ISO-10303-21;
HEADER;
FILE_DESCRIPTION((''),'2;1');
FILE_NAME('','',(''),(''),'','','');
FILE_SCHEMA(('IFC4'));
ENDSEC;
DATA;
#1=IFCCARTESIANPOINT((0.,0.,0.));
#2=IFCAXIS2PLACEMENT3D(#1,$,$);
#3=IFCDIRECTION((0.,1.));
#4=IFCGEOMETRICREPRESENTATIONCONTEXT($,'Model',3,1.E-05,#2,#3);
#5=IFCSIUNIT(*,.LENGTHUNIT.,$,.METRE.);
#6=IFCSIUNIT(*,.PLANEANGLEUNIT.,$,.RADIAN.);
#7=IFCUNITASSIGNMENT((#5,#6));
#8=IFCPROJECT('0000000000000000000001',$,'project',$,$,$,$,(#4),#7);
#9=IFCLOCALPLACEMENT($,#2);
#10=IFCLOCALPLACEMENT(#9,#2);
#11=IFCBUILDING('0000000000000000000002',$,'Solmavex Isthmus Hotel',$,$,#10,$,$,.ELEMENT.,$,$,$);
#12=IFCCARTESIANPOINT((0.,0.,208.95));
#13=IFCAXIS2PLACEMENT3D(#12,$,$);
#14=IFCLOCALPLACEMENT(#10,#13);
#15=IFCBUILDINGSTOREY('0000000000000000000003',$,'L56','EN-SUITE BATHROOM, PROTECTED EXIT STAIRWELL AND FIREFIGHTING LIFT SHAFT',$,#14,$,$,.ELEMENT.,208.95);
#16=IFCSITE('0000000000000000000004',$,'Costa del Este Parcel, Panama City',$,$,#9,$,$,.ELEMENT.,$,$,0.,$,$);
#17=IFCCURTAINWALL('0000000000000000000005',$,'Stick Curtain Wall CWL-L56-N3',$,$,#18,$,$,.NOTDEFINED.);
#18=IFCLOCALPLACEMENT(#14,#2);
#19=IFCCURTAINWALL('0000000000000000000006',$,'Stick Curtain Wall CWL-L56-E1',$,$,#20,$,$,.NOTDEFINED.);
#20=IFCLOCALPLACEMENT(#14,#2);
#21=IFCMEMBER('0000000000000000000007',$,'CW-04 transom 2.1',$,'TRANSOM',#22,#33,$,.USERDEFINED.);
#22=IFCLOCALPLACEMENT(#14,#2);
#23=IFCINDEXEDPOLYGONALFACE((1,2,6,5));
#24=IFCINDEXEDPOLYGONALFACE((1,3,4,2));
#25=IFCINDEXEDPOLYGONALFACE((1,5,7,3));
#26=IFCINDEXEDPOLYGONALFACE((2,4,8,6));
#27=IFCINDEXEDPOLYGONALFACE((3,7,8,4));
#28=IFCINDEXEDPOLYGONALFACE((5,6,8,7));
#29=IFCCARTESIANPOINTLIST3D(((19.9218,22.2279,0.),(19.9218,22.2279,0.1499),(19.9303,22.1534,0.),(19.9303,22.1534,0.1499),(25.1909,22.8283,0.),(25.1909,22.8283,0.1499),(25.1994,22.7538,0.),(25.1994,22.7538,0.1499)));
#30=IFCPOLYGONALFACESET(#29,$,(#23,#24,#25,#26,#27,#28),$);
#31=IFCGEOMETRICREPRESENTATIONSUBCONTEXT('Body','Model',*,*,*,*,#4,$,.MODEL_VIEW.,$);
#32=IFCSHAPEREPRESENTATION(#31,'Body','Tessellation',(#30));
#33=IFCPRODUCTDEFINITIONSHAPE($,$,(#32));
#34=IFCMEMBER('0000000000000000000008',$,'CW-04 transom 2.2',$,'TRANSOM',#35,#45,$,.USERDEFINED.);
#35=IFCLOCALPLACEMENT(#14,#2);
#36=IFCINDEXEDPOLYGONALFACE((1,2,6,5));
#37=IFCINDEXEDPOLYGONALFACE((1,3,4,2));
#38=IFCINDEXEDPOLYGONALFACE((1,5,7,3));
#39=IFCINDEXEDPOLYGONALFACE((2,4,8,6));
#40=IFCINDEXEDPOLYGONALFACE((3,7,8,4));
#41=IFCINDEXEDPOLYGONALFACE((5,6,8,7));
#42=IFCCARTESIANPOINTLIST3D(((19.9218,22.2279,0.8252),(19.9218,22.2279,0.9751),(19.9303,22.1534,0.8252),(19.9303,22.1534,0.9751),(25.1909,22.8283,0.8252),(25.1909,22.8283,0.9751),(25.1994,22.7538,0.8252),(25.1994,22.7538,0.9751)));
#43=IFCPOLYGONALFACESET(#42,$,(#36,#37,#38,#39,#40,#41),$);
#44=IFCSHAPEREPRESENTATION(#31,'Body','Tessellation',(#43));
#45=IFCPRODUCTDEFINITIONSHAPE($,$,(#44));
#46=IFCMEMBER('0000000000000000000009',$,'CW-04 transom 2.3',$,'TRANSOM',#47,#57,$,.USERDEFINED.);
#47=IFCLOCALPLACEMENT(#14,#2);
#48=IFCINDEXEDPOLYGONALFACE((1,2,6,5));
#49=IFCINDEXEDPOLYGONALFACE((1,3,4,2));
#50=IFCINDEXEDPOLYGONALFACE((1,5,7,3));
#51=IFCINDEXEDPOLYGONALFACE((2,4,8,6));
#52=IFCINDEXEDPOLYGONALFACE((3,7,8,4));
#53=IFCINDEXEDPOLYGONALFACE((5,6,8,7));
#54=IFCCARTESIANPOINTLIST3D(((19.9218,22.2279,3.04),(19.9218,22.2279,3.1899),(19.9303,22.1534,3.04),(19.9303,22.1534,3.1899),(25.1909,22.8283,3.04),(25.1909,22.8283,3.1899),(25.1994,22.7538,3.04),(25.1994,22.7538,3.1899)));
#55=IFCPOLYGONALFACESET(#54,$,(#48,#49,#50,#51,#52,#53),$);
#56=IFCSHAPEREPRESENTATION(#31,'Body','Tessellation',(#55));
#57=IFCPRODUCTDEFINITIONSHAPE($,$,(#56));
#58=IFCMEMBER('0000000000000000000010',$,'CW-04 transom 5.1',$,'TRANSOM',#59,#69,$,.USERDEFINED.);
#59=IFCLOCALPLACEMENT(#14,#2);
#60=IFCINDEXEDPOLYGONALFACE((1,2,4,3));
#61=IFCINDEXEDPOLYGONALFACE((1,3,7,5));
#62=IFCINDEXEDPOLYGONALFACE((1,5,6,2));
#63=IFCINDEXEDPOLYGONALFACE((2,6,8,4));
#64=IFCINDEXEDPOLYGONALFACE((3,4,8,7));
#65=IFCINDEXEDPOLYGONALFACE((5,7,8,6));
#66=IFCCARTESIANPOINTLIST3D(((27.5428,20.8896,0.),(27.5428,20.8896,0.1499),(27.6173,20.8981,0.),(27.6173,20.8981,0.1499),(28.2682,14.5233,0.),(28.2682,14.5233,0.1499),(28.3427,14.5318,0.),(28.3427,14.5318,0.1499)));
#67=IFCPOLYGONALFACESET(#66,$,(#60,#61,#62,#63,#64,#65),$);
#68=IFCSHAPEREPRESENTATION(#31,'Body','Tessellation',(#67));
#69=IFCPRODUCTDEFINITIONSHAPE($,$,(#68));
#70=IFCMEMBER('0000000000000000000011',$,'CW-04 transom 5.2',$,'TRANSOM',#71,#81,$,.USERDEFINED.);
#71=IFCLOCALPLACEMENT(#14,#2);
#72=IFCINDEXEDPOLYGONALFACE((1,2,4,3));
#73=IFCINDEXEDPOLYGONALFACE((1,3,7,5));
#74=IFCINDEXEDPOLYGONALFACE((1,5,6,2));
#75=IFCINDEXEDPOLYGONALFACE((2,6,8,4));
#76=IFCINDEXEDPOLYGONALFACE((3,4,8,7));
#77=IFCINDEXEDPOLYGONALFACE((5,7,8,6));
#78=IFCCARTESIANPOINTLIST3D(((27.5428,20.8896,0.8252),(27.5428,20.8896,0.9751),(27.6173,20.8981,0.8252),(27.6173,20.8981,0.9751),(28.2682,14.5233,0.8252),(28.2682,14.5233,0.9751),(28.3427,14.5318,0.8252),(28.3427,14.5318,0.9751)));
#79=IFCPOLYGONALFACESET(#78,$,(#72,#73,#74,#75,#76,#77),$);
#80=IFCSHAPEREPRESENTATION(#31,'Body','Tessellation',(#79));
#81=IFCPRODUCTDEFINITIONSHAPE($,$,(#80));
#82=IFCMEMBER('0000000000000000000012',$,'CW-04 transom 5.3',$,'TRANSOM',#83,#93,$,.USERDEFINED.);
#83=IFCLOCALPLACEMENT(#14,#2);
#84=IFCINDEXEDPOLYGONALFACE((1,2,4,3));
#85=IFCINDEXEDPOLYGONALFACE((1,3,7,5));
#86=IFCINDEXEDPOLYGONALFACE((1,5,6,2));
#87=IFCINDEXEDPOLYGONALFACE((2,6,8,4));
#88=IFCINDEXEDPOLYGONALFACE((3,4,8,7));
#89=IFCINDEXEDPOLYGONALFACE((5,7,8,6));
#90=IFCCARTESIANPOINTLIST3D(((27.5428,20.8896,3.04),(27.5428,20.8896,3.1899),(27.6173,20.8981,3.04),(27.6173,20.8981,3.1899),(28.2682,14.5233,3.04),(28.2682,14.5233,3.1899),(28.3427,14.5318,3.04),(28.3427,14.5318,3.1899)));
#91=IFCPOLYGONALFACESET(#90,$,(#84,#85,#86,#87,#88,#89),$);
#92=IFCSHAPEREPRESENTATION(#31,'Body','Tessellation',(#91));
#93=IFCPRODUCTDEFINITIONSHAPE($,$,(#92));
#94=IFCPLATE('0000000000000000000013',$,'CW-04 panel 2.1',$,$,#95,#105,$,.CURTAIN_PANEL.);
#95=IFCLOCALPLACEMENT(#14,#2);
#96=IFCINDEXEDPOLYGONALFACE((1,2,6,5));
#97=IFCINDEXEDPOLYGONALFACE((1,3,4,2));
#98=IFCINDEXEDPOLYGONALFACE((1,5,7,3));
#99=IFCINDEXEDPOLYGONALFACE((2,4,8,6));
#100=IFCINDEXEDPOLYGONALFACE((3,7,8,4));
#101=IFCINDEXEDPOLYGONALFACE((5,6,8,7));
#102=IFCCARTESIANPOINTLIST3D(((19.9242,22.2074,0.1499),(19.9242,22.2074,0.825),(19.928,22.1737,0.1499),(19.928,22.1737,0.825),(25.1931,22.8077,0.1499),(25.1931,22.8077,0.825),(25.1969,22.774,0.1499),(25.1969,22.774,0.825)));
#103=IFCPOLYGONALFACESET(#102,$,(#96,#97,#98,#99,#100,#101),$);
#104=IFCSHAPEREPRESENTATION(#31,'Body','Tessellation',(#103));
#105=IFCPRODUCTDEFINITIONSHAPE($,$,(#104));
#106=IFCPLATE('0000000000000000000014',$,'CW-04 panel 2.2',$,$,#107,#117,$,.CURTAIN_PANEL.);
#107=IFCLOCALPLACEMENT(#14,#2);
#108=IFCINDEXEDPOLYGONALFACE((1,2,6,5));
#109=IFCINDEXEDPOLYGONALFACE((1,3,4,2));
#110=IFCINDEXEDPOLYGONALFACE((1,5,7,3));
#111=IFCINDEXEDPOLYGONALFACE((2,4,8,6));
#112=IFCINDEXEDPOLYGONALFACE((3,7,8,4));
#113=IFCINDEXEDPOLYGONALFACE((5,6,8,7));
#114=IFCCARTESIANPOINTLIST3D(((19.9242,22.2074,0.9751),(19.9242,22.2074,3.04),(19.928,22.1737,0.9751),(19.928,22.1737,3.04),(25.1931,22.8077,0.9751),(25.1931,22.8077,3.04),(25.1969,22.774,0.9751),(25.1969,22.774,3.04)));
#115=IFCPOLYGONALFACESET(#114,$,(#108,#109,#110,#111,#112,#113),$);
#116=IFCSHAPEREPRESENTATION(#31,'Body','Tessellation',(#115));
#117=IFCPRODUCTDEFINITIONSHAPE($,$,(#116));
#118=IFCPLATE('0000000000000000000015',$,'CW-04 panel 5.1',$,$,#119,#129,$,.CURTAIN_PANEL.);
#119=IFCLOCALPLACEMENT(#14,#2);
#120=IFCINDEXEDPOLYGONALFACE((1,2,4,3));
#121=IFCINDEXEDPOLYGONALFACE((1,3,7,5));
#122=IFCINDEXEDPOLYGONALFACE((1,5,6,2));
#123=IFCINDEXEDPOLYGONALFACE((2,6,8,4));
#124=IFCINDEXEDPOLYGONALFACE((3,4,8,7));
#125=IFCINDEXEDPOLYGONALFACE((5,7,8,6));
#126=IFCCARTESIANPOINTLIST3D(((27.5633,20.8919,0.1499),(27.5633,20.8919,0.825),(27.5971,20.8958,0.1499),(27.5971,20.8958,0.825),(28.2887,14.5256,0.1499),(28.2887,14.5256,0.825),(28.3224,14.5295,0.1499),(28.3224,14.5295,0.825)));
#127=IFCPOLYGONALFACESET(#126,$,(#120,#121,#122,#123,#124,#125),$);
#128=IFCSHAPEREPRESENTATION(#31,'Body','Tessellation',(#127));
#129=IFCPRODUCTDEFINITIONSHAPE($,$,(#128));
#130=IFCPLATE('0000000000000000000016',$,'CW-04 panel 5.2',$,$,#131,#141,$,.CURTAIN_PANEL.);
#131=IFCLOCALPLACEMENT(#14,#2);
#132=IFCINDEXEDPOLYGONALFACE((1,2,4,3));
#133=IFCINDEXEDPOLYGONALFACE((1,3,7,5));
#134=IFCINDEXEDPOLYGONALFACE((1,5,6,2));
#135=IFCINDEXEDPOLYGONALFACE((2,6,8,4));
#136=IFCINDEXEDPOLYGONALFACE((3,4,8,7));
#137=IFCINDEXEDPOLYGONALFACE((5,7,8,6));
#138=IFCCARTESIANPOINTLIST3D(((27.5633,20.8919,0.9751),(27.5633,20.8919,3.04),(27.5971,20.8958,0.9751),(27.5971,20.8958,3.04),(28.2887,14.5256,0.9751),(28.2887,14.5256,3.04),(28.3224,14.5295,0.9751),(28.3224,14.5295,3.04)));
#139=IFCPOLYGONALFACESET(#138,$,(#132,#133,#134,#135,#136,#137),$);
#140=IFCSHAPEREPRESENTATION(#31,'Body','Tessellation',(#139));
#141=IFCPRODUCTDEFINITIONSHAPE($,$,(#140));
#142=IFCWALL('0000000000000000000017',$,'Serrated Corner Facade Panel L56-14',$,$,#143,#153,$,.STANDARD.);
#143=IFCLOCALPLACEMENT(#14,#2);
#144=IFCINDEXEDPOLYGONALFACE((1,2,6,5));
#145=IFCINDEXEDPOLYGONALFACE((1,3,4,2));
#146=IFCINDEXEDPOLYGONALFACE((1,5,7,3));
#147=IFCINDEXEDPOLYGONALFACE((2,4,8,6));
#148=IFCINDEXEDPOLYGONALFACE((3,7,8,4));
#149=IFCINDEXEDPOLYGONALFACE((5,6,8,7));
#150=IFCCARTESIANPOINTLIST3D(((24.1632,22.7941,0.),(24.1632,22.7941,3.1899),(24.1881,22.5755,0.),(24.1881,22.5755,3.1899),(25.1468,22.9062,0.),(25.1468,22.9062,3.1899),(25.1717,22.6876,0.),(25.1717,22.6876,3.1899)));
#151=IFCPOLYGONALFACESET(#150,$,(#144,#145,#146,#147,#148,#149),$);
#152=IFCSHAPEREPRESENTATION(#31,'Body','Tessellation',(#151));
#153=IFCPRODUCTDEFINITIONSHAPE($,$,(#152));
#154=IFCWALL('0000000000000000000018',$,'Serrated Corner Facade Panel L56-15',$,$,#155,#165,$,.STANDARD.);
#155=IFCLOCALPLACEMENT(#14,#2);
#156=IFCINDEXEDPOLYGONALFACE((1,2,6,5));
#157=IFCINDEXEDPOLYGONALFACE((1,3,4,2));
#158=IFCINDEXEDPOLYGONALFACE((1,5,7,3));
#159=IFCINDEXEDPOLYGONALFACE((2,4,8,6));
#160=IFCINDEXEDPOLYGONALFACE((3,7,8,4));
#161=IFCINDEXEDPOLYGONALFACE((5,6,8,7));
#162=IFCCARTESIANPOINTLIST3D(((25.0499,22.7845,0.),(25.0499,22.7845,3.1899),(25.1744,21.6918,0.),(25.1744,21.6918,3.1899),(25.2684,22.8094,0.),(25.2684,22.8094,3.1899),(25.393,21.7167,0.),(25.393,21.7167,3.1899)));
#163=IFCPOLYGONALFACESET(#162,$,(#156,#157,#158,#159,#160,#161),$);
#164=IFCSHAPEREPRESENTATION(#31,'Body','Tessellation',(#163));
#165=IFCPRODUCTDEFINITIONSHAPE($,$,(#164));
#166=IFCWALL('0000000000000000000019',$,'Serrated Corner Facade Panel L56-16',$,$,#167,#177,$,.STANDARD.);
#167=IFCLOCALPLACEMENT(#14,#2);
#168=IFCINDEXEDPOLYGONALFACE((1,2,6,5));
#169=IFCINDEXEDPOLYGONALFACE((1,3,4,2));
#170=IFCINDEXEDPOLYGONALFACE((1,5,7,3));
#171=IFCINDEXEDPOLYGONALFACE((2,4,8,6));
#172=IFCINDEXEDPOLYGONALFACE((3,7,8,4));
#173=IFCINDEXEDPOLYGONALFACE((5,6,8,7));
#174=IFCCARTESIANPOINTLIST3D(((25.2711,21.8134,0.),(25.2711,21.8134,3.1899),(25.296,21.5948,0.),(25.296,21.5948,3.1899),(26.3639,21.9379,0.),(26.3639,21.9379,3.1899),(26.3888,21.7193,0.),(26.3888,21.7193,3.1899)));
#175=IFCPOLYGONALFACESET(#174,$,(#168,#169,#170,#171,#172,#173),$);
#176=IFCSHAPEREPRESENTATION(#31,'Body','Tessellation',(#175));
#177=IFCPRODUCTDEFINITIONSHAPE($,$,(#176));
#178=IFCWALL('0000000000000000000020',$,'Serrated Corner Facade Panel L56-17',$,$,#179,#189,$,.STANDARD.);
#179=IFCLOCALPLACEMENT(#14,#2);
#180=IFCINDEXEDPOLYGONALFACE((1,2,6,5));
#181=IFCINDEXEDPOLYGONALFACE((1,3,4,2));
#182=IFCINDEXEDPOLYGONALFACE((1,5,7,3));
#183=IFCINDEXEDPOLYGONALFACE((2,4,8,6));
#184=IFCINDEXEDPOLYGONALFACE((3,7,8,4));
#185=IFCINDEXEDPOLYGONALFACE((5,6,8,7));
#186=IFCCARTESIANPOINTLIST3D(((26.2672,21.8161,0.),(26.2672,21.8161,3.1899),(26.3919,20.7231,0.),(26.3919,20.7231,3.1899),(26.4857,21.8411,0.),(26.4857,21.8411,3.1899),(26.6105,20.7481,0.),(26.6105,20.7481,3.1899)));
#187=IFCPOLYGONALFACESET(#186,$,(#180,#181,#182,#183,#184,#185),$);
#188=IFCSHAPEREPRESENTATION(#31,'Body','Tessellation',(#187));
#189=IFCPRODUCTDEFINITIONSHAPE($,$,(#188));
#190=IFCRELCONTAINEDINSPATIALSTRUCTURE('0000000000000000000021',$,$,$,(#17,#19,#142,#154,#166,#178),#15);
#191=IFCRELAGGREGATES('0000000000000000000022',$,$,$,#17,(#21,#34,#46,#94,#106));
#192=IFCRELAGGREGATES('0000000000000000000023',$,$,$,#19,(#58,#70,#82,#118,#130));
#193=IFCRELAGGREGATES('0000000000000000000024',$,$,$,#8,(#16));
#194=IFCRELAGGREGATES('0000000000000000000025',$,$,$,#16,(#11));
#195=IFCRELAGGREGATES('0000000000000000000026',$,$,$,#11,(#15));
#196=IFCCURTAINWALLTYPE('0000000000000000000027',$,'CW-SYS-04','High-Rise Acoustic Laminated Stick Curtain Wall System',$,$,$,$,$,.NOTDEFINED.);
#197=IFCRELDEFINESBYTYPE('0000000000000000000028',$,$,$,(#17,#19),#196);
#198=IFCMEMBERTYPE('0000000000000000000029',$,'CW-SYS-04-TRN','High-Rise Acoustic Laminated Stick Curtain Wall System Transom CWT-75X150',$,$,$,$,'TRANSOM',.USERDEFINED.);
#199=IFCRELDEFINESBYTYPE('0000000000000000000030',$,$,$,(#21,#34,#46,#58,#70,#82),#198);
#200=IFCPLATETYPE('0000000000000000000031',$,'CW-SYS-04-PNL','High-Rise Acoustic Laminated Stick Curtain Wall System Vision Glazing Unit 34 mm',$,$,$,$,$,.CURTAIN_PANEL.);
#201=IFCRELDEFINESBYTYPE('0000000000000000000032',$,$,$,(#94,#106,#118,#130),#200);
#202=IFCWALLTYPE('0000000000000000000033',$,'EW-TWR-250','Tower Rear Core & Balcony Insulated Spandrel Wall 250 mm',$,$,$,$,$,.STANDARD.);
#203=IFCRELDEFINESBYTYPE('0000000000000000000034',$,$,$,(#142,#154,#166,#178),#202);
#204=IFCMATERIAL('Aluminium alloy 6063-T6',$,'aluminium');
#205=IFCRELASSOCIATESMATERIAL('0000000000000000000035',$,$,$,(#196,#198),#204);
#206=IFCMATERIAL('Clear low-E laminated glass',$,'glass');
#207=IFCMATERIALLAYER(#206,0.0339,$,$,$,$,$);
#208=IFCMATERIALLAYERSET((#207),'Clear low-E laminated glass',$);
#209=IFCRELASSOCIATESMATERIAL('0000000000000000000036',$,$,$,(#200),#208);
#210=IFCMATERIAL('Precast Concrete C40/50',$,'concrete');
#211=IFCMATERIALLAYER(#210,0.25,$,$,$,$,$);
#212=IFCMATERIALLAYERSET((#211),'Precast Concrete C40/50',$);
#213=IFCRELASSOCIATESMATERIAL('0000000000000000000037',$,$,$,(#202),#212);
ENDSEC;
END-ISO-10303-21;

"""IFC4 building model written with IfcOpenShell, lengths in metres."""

from ifc_helpers import new_model, si_unit, direction, frame, frame_2d, origin, origin_2d, place, context, subcontext, project, spatial, rectangle, extrude, material, layer, layer_set, material_profile, profile_set, type_object, element, aggregate, save


model = new_model("IFC4")

# Units and contexts
model_context = context("Model", 3, precision=1e-05, world=origin(), true_north=direction((0.0, 1.0)))
body_context = subcontext(model_context, "Body", "Model", "MODEL_VIEW")
ifc_project = project(units=[si_unit("LENGTHUNIT", "METRE"), si_unit("PLANEANGLEUNIT", "RADIAN")], contexts=[model_context])

# Site, building, storey
site_placement = place(None, origin())
site = spatial("IfcSite", under=ifc_project, at=site_placement, Name="Costa del Este Parcel, Panama City", CompositionType="ELEMENT", RefElevation=0.0)
building_placement = place(site_placement, origin())
building = spatial("IfcBuilding", under=site, at=building_placement, Name="Solmavex Isthmus Hotel", CompositionType="ELEMENT")
storey_placement = place(building_placement, frame((0.0, 0.0, 208.95)))
storey = spatial("IfcBuildingStorey", under=building, at=storey_placement, Name="L56", Description="EN-SUITE BATHROOM, PROTECTED EXIT STAIRWELL AND FIREFIGHTING LIFT SHAFT", CompositionType="ELEMENT", Elevation=208.95)

# Curtain walls
ifc_material_1 = material(Name="Aluminium alloy 6063-T6", Category="aluminium")
curtain_wall_type = type_object("IfcCurtainWallType", Name="CW-SYS-04", Description="High-Rise Acoustic Laminated Stick Curtain Wall System", PredefinedType="NOTDEFINED", material=ifc_material_1)
curtain_wall_1_placement = place(storey_placement, origin())
curtain_wall_1 = element("IfcCurtainWall", 1, at=curtain_wall_1_placement, inside=storey, type_object=curtain_wall_type, Name="Stick Curtain Wall CWL-L56-N3", PredefinedType="NOTDEFINED")
curtain_wall_2_placement = place(storey_placement, origin())
curtain_wall_2 = element("IfcCurtainWall", 2, at=curtain_wall_2_placement, inside=storey, type_object=curtain_wall_type, Name="Stick Curtain Wall CWL-L56-E1", PredefinedType="NOTDEFINED")

# Members
ifc_material_profile_1 = material_profile(ifc_material_1, rectangle(XDim=0.075, YDim=0.1499, at=origin_2d()), Name="CWT-75X150")
ifc_profile_set_1 = profile_set([ifc_material_profile_1], Name="Aluminium alloy 6063-T6")
member_type_1 = type_object("IfcMemberType", Name="CW-SYS-04-TRN", Description="High-Rise Acoustic Laminated Stick Curtain Wall System Transom CWT-75X150", ElementType="TRANSOM", PredefinedType="USERDEFINED", material=ifc_profile_set_1)
member_1_placement = place(storey_placement, frame((19.926, 22.1907, 0.075), z_axis=(0.993572, 0.113205, 0.0), x_axis=(-0.113205, 0.993572, 0.0)))
member_1 = element("IfcMember", 3, at=member_1_placement, type_object=member_type_1, Name="CW-04 transom 2.1", ObjectType="TRANSOM", PredefinedType="USERDEFINED", context=body_context, shape_type="SweptSolid", body=[
    extrude(rectangle(XDim=0.075, YDim=0.1499, at=origin_2d()), origin(), (0.0, 0.0, 1.0), 5.3032),
])
member_2_placement = place(storey_placement, frame((19.926, 22.1907, 0.9001), z_axis=(0.993572, 0.113205, 0.0), x_axis=(-0.113205, 0.993572, 0.0)))
member_2 = element("IfcMember", 4, at=member_2_placement, type_object=member_type_1, Name="CW-04 transom 2.2", ObjectType="TRANSOM", PredefinedType="USERDEFINED", context=body_context, shape_type="SweptSolid", body=[
    extrude(rectangle(XDim=0.075, YDim=0.1499, at=origin_2d()), origin(), (0.0, 0.0, 1.0), 5.3032),
])
member_3_placement = place(storey_placement, frame((19.926, 22.1907, 3.115), z_axis=(0.993572, 0.113205, 0.0), x_axis=(-0.113205, 0.993572, 0.0)))
member_3 = element("IfcMember", 5, at=member_3_placement, type_object=member_type_1, Name="CW-04 transom 2.3", ObjectType="TRANSOM", PredefinedType="USERDEFINED", context=body_context, shape_type="SweptSolid", body=[
    extrude(rectangle(XDim=0.075, YDim=0.1499, at=origin_2d()), origin(), (0.0, 0.0, 1.0), 5.3032),
])
member_4_placement = place(storey_placement, frame((28.3054, 14.5276, 0.075), z_axis=(-0.113204, 0.993572, 0.0), x_axis=(-0.993572, -0.113204, 0.0)))
member_4 = element("IfcMember", 6, at=member_4_placement, type_object=member_type_1, Name="CW-04 transom 5.1", ObjectType="TRANSOM", PredefinedType="USERDEFINED", context=body_context, shape_type="SweptSolid", body=[
    extrude(rectangle(XDim=0.075, YDim=0.1499, at=origin_2d()), origin(), (0.0, 0.0, 1.0), 6.4075),
])
member_5_placement = place(storey_placement, frame((28.3054, 14.5276, 0.9001), z_axis=(-0.113204, 0.993572, 0.0), x_axis=(-0.993572, -0.113204, 0.0)))
member_5 = element("IfcMember", 7, at=member_5_placement, type_object=member_type_1, Name="CW-04 transom 5.2", ObjectType="TRANSOM", PredefinedType="USERDEFINED", context=body_context, shape_type="SweptSolid", body=[
    extrude(rectangle(XDim=0.075, YDim=0.1499, at=origin_2d()), origin(), (0.0, 0.0, 1.0), 6.4075),
])
member_6_placement = place(storey_placement, frame((28.3054, 14.5276, 3.115), z_axis=(-0.113204, 0.993572, 0.0), x_axis=(-0.993572, -0.113204, 0.0)))
member_6 = element("IfcMember", 8, at=member_6_placement, type_object=member_type_1, Name="CW-04 transom 5.3", ObjectType="TRANSOM", PredefinedType="USERDEFINED", context=body_context, shape_type="SweptSolid", body=[
    extrude(rectangle(XDim=0.075, YDim=0.1499, at=origin_2d()), origin(), (0.0, 0.0, 1.0), 6.4075),
])

# Plates
ifc_material_2 = material(Name="Clear low-E laminated glass", Category="glass")
ifc_layer_1 = layer(ifc_material_2, 0.0339)
ifc_layer_set_1 = layer_set([ifc_layer_1], Name="Clear low-E laminated glass")
plate_type = type_object("IfcPlateType", Name="CW-SYS-04-PNL", Description="High-Rise Acoustic Laminated Stick Curtain Wall System Vision Glazing Unit 34 mm", PredefinedType="CURTAIN_PANEL", material=ifc_layer_set_1)
plate_1_placement = place(storey_placement, frame((22.5605, 22.4907, 0.1499), z_axis=(0.0, 0.0, 1.0), x_axis=(0.993572, 0.113204, 0.0)))
plate_1 = element("IfcPlate", 9, at=plate_1_placement, type_object=plate_type, Name="CW-04 panel 2.1", PredefinedType="CURTAIN_PANEL", context=body_context, shape_type="SweptSolid", body=[
    extrude(rectangle(XDim=5.303, YDim=0.0339, at=origin_2d()), origin(), (0.0, 0.0, 1.0), 0.675),
])
plate_2_placement = place(storey_placement, frame((22.5605, 22.4907, 0.9751), z_axis=(0.0, 0.0, 1.0), x_axis=(0.993572, 0.113204, 0.0)))
plate_2 = element("IfcPlate", 10, at=plate_2_placement, type_object=plate_type, Name="CW-04 panel 2.2", PredefinedType="CURTAIN_PANEL", context=body_context, shape_type="SweptSolid", body=[
    extrude(rectangle(XDim=5.303, YDim=0.0339, at=origin_2d()), origin(), (0.0, 0.0, 1.0), 2.0649),
])
aggregate(curtain_wall_1, [member_1, member_2, member_3, plate_1, plate_2])
plate_3_placement = place(storey_placement, frame((27.9429, 17.7107, 0.1499), z_axis=(0.0, 0.0, 1.0), x_axis=(-0.113203, 0.993572, 0.0)))
plate_3 = element("IfcPlate", 11, at=plate_3_placement, type_object=plate_type, Name="CW-04 panel 5.1", PredefinedType="CURTAIN_PANEL", context=body_context, shape_type="SweptSolid", body=[
    extrude(rectangle(XDim=6.4075, YDim=0.0339, at=origin_2d()), origin(), (0.0, 0.0, 1.0), 0.675),
])
plate_4_placement = place(storey_placement, frame((27.9429, 17.7107, 0.9751), z_axis=(0.0, 0.0, 1.0), x_axis=(-0.113203, 0.993572, 0.0)))
plate_4 = element("IfcPlate", 12, at=plate_4_placement, type_object=plate_type, Name="CW-04 panel 5.2", PredefinedType="CURTAIN_PANEL", context=body_context, shape_type="SweptSolid", body=[
    extrude(rectangle(XDim=6.4075, YDim=0.0339, at=origin_2d()), origin(), (0.0, 0.0, 1.0), 2.0649),
])
aggregate(curtain_wall_2, [member_4, member_5, member_6, plate_3, plate_4])

# Walls
ifc_material_3 = material(Name="Precast Concrete C40/50", Category="concrete")
ifc_layer_2 = layer(ifc_material_3, 0.25)
ifc_layer_set_2 = layer_set([ifc_layer_2], Name="Precast Concrete C40/50")
wall_type_1 = type_object("IfcWallType", Name="EW-TWR-250", Description="Tower Rear Core & Balcony Insulated Spandrel Wall 250 mm", PredefinedType="STANDARD", material=ifc_layer_set_2)
wall_1_placement = place(storey_placement, frame((24.1755, 22.6848, 0.0), z_axis=(0.0, 0.0, 1.0), x_axis=(0.993573, 0.113192, 0.0)))
element("IfcWall", 13, at=wall_1_placement, inside=storey, type_object=wall_type_1, Name="Serrated Corner Facade Panel L56-14", PredefinedType="STANDARD", context=body_context, shape_type="SweptSolid", body=[
    extrude(rectangle(XDim=0.99, YDim=0.22, at=frame_2d((0.4951, 0.0))), origin(), (0.0, 0.0, 1.0), 3.1899),
])
for number, where, z_axis, x_axis, name in (
    (14, (25.1592, 22.7969, 0.0), (0.0, 0.0, 1.0), (0.113209, -0.993571, 0.0), "Serrated Corner Facade Panel L56-15"),
    (15, (25.2837, 21.7041, 0.0), (0.0, 0.0, 1.0), (0.993571, 0.113209, 0.0), "Serrated Corner Facade Panel L56-16"),
):
    element("IfcWall", number, at=place(storey_placement, frame(where, z_axis=z_axis, x_axis=x_axis)), inside=storey, type_object=wall_type_1, Name=name, PredefinedType="STANDARD", context=body_context, shape_type="SweptSolid", body=[
        extrude(rectangle(XDim=1.0999, YDim=0.22, at=frame_2d((0.5498, 0.0))), origin(), (0.0, 0.0, 1.0), 3.1899),
    ])
wall_2_placement = place(storey_placement, frame((26.3765, 21.8286, 0.0), z_axis=(0.0, 0.0, 1.0), x_axis=(0.113403, -0.993549, 0.0)))
element("IfcWall", 16, at=wall_2_placement, inside=storey, type_object=wall_type_1, Name="Serrated Corner Facade Panel L56-17", PredefinedType="STANDARD", context=body_context, shape_type="SweptSolid", body=[
    extrude(rectangle(XDim=1.1001, YDim=0.22, at=frame_2d((0.55, 0.0))), origin(), (0.0, 0.0, 1.0), 3.1899),
])

save(model, "model.ifc")
